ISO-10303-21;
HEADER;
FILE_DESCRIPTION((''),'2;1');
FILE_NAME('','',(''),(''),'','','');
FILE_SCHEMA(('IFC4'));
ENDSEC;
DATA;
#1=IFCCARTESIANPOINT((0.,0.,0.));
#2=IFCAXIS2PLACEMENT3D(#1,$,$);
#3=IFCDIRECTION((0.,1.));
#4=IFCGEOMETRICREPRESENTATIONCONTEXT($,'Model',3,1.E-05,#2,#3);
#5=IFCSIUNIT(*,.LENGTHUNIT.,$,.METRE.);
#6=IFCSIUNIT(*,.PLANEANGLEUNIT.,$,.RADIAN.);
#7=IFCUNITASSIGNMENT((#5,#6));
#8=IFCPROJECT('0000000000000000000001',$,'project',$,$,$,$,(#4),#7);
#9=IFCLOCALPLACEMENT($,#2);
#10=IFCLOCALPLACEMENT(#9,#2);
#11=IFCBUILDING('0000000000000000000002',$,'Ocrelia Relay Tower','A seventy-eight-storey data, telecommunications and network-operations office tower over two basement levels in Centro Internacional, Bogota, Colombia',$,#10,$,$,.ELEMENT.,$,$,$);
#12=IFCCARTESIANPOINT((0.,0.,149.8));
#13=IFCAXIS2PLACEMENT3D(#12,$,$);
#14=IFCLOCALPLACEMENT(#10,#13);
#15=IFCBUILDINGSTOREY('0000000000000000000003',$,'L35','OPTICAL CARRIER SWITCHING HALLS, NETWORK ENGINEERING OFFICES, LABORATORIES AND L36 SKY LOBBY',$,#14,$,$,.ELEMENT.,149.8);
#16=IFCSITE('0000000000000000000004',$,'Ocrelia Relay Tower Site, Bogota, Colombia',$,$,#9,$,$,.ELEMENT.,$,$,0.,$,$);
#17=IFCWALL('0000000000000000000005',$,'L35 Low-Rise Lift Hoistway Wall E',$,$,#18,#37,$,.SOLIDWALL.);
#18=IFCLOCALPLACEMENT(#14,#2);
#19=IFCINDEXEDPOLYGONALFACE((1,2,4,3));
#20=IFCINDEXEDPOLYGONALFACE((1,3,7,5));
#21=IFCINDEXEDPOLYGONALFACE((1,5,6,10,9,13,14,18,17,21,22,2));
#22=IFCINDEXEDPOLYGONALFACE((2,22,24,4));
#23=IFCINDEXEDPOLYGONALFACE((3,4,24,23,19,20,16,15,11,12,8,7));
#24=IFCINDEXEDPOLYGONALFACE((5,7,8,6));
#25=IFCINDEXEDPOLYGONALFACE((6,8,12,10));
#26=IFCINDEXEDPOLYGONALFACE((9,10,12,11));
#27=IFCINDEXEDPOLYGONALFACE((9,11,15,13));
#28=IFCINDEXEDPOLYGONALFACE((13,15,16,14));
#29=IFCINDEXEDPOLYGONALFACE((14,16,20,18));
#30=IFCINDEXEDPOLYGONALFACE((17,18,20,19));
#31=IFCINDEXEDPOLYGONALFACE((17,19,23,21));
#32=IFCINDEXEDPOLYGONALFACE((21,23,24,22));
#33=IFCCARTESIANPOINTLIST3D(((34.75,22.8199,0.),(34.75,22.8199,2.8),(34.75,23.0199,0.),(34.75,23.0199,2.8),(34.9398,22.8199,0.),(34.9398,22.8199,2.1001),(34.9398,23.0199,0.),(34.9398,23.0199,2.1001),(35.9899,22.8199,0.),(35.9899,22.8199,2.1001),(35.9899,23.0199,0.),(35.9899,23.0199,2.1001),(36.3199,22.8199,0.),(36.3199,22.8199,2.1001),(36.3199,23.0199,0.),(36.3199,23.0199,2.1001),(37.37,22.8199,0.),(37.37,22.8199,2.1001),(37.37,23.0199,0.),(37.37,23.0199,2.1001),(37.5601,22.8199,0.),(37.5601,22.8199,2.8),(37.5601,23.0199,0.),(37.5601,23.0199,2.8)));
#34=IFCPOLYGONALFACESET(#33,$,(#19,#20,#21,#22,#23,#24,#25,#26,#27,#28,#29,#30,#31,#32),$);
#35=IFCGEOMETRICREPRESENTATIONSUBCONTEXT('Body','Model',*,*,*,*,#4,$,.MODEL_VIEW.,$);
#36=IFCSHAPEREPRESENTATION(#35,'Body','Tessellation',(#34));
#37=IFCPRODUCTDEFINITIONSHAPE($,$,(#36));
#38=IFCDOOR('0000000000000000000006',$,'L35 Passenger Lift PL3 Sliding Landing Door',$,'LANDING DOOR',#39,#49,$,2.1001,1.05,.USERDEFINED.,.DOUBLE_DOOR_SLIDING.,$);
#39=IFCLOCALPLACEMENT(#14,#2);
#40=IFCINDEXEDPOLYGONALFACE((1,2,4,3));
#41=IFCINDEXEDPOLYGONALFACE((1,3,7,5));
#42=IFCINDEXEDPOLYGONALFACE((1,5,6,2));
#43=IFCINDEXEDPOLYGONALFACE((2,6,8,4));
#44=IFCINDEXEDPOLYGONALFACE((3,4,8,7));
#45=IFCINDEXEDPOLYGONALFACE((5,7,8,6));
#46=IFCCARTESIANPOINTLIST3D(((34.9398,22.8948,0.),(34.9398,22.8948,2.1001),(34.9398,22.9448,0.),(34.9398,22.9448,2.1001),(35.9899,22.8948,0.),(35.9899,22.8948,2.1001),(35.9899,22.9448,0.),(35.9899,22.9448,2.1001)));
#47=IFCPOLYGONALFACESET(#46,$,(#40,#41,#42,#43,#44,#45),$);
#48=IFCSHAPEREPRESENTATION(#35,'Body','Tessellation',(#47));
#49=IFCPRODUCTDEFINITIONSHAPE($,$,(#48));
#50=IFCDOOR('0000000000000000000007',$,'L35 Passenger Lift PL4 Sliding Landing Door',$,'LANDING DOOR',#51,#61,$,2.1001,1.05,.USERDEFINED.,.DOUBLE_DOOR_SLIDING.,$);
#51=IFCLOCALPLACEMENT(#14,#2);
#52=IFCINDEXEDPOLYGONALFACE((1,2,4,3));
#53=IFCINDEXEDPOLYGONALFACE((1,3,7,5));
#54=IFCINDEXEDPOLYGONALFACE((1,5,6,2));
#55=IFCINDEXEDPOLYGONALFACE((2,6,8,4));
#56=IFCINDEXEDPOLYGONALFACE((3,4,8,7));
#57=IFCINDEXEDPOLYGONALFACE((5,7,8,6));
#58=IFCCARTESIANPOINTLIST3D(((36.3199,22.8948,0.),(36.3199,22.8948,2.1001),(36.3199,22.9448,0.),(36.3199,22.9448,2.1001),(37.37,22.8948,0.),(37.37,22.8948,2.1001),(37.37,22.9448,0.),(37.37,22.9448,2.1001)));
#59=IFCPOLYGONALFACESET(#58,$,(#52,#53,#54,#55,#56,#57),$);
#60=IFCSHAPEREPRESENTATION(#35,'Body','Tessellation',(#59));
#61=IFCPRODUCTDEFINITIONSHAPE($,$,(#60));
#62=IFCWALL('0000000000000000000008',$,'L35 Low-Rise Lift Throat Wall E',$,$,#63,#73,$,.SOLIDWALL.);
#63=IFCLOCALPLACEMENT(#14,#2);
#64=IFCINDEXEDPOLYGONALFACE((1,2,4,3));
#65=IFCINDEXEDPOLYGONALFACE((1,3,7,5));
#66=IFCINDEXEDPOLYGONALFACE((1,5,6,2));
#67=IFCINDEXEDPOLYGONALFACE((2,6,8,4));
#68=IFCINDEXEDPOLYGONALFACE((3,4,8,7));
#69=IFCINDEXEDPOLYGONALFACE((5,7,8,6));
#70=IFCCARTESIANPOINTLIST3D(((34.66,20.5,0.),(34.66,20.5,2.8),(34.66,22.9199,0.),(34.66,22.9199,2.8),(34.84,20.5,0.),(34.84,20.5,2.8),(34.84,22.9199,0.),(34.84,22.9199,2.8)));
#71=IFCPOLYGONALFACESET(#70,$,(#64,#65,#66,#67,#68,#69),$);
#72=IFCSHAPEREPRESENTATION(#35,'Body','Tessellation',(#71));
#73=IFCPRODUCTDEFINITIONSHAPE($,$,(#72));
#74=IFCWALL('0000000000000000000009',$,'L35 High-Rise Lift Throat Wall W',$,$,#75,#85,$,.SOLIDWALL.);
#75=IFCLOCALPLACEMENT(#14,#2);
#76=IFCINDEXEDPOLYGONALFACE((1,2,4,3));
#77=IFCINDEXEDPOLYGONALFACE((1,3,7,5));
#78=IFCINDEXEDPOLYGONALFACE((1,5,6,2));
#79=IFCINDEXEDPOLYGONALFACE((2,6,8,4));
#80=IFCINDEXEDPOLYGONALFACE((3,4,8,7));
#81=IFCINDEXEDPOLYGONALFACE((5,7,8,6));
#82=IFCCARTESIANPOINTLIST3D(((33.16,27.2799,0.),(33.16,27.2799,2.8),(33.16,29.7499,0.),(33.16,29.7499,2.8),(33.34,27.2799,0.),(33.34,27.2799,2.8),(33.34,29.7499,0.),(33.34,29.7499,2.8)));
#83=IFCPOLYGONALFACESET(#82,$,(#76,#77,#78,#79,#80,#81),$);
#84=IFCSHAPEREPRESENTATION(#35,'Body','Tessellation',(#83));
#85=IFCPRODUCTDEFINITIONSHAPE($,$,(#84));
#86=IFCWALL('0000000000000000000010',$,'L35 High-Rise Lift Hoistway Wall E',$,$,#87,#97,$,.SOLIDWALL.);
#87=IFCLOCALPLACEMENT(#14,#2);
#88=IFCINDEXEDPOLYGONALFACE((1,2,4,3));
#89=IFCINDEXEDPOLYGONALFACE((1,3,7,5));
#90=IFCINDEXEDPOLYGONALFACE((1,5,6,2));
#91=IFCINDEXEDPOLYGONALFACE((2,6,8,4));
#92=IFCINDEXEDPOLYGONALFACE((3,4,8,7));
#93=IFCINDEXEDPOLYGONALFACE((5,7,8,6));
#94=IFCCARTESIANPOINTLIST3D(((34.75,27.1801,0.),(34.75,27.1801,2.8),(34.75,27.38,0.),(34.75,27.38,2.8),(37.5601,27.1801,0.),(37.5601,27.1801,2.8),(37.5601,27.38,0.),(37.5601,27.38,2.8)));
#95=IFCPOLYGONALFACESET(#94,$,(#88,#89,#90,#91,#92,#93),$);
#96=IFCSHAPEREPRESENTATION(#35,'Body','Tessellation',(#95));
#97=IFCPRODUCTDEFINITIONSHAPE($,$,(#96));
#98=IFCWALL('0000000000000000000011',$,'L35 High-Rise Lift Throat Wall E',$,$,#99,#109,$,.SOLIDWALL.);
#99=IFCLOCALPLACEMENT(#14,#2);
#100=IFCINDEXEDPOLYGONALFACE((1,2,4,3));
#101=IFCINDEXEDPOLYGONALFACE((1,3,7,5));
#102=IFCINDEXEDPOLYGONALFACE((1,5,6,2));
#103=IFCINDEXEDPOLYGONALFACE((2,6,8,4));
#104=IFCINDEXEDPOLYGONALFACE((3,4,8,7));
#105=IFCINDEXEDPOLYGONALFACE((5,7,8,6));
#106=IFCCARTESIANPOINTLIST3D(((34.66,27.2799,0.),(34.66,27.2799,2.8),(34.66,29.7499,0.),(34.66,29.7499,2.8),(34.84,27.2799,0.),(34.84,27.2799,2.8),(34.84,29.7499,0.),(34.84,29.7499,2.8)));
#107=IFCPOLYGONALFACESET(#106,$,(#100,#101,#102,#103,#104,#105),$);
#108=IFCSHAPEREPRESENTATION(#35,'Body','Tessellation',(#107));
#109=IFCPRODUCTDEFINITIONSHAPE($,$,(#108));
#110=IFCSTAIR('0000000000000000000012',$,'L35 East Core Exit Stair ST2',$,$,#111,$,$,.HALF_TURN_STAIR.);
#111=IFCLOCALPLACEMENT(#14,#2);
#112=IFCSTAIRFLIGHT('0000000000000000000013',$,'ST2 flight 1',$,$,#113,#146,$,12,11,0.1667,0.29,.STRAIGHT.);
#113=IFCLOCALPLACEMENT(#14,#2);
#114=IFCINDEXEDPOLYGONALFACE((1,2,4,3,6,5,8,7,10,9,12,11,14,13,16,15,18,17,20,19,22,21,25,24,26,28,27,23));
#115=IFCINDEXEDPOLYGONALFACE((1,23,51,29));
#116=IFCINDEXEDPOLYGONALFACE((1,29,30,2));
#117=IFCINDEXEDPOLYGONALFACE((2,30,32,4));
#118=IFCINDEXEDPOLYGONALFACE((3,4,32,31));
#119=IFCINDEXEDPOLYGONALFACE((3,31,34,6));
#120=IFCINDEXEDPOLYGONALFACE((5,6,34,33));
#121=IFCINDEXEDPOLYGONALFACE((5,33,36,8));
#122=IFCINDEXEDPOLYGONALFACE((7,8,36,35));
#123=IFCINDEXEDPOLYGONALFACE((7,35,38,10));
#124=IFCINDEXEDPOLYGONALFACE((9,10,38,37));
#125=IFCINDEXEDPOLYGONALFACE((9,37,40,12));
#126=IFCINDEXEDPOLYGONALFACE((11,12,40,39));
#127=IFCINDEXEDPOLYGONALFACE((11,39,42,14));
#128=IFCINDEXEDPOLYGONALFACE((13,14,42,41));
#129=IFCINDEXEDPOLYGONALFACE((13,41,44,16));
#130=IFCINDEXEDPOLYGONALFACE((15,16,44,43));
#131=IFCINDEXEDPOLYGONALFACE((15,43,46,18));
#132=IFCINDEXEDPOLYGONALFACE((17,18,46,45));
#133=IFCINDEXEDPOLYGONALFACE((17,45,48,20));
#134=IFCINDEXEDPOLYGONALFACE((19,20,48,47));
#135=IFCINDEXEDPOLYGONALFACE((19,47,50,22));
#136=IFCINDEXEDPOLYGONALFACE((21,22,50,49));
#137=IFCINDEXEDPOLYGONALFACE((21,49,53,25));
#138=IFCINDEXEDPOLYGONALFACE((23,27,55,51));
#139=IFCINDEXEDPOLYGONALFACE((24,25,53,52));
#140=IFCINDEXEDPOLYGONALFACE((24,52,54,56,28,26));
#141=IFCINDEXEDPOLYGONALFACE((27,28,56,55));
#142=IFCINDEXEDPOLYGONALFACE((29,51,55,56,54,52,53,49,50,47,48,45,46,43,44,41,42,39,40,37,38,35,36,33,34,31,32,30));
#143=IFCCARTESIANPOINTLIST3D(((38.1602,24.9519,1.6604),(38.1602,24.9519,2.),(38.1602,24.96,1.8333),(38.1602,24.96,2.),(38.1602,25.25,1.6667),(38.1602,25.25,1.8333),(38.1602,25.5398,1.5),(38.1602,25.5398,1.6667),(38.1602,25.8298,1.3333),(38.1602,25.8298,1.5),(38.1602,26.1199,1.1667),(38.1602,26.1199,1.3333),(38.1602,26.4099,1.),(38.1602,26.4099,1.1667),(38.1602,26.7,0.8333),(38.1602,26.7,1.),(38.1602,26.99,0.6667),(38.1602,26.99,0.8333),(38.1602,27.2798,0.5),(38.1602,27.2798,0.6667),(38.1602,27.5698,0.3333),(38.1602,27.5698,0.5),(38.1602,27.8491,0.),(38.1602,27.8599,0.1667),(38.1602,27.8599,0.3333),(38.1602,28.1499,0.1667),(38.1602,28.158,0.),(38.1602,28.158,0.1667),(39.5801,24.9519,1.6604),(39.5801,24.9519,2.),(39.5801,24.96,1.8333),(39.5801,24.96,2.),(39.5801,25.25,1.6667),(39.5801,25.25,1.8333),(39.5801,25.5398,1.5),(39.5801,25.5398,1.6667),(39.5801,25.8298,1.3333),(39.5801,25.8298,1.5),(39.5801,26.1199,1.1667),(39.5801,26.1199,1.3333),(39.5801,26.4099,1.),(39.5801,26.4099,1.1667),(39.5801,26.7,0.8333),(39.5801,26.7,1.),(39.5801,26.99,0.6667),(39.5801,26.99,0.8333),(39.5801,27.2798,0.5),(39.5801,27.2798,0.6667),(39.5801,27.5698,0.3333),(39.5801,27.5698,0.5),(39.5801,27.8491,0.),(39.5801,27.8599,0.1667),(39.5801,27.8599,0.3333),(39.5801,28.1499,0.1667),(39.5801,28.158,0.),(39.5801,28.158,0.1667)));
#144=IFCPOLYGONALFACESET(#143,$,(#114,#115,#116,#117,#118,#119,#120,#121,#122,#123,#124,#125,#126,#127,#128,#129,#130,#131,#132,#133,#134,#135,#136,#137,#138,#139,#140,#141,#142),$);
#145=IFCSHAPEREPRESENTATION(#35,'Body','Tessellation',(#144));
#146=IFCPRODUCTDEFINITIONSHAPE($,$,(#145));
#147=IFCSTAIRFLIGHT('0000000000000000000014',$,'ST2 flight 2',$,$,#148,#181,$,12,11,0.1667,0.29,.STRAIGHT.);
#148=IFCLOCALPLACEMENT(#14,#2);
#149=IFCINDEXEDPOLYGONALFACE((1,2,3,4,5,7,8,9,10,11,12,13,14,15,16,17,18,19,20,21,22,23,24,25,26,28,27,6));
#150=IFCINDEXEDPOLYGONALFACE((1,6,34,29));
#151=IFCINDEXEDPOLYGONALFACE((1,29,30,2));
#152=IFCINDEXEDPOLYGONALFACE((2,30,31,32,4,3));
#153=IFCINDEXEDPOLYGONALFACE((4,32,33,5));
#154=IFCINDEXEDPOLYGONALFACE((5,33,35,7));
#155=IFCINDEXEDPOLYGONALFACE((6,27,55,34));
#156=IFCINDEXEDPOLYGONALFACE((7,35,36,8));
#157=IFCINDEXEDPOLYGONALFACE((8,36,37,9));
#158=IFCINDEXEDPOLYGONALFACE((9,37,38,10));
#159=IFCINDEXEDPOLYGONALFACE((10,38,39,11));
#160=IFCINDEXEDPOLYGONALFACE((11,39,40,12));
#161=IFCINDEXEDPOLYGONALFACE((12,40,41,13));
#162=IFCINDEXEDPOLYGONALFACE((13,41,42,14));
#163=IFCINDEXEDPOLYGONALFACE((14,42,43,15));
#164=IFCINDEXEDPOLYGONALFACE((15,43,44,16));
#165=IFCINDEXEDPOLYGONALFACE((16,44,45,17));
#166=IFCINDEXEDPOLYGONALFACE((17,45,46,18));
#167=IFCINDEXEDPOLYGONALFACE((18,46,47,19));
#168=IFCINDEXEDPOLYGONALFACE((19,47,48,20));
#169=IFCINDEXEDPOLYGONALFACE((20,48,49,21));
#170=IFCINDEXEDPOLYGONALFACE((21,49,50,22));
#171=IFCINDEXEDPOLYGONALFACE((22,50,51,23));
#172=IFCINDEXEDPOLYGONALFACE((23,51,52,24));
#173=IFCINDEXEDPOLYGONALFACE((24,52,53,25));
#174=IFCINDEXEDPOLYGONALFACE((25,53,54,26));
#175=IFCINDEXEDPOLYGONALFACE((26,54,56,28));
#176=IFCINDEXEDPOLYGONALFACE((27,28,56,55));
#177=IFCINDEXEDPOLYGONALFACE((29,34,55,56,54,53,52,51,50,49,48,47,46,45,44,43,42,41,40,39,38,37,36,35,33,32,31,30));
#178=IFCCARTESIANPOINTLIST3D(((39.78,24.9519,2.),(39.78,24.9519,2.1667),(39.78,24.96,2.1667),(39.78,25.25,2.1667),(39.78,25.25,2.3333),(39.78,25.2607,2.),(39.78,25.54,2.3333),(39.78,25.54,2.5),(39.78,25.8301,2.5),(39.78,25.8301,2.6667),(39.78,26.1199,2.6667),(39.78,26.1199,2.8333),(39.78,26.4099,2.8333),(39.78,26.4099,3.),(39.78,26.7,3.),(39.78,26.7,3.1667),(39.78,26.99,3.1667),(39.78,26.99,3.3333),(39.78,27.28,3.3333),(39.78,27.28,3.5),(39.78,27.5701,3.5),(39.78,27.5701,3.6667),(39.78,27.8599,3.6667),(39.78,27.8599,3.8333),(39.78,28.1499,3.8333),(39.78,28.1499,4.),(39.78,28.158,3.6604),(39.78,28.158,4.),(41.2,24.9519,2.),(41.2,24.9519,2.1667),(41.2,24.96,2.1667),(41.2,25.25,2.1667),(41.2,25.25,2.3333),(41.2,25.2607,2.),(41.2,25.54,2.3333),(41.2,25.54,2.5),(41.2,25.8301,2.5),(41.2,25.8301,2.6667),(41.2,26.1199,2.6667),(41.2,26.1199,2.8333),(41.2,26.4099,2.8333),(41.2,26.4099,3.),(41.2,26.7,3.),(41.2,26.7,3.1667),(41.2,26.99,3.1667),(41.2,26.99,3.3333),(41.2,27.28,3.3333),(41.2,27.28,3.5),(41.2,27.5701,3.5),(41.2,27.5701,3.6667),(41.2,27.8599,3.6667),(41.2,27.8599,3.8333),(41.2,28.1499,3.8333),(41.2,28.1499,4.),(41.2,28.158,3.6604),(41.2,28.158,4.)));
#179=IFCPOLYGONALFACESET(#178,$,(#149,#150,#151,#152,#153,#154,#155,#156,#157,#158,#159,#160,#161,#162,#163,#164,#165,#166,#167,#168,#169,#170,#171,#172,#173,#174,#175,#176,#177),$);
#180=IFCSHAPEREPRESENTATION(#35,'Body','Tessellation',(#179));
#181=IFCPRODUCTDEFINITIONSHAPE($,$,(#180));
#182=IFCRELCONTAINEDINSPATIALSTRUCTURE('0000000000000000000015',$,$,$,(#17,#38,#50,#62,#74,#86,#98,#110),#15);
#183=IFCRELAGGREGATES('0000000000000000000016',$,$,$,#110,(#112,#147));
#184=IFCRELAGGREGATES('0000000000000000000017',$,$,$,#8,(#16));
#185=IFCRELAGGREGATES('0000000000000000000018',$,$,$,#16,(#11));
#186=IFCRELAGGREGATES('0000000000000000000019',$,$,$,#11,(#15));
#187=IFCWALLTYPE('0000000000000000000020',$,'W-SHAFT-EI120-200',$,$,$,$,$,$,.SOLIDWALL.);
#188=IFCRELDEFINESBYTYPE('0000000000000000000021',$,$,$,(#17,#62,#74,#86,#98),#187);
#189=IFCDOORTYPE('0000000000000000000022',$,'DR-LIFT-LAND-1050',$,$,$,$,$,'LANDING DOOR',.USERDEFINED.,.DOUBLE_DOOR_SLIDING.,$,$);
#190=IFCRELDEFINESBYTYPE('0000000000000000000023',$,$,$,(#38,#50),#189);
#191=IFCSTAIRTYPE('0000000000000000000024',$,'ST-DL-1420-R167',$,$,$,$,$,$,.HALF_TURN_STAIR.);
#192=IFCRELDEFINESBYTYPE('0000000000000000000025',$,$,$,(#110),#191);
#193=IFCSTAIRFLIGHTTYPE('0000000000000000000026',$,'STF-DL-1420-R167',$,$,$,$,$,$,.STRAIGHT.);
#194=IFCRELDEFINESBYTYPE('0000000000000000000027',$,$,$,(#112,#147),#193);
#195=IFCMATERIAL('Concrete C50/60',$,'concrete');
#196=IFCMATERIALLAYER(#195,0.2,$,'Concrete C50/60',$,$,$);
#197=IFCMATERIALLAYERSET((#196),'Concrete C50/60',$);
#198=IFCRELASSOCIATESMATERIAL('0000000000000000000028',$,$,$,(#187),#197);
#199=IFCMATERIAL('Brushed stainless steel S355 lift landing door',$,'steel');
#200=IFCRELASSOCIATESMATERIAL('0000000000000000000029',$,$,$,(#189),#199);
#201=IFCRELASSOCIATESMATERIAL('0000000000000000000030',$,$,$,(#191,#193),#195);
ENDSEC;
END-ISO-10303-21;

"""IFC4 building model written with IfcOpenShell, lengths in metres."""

from ifc_helpers import new_model, si_unit, direction, frame, frame_2d, origin, place, context, subcontext, project, spatial, polyline, rectangle, outline, extrude, material, layer, layer_set, type_object, element, fill, aggregate, save


model = new_model("IFC4")

# Units and contexts
model_context = context("Model", 3, precision=1e-05, world=origin(), true_north=direction((0.0, 1.0)))
body_context = subcontext(model_context, "Body", "Model", "MODEL_VIEW")
ifc_project = project(units=[si_unit("LENGTHUNIT", "METRE"), si_unit("PLANEANGLEUNIT", "RADIAN")], contexts=[model_context])

# Site, building, storey
site_placement = place(None, origin())
site = spatial("IfcSite", under=ifc_project, at=site_placement, Name="Ocrelia Relay Tower Site, Bogota, Colombia", CompositionType="ELEMENT", RefElevation=0.0)
building_placement = place(site_placement, origin())
building = spatial("IfcBuilding", under=site, at=building_placement, Name="Ocrelia Relay Tower", Description="A seventy-eight-storey data, telecommunications and network-operations office tower over two basement levels in Centro Internacional, Bogota, Colombia", CompositionType="ELEMENT")
storey_placement = place(building_placement, frame((0.0, 0.0, 149.8)))
storey = spatial("IfcBuildingStorey", under=building, at=storey_placement, Name="L35", Description="OPTICAL CARRIER SWITCHING HALLS, NETWORK ENGINEERING OFFICES, LABORATORIES AND L36 SKY LOBBY", CompositionType="ELEMENT", Elevation=149.8)

# Shared definitions
ifc_material_1 = material(Name="Concrete C50/60", Category="concrete")
ifc_layer_1 = layer(ifc_material_1, 0.2, Name="Concrete C50/60")
ifc_layer_set_1 = layer_set([ifc_layer_1], Name="Concrete C50/60")
wall_type_1 = type_object("IfcWallType", Name="W-SHAFT-EI120-200", PredefinedType="SOLIDWALL", material=ifc_layer_set_1)

# Wall, openings, doors
wall_1_placement = place(storey_placement, frame((34.75, 22.9199, 0.0), z_axis=(0.0, 0.0, 1.0), x_axis=(1.0, 0.0, 0.0)))
wall_1 = element("IfcWall", 1, at=wall_1_placement, inside=storey, type_object=wall_type_1, Name="L35 Low-Rise Lift Hoistway Wall E", PredefinedType="SOLIDWALL", context=body_context, shape_type="SweptSolid", body=[
    extrude(rectangle(XDim=2.8101, YDim=0.2, at=frame_2d((1.405, 0.0))), origin(), (0.0, 0.0, 1.0), 2.8),
])
opening_1_placement = place(wall_1_placement, frame((0.1899, 0.0, 0.0)))
opening_1 = element("IfcOpeningElement", 2, at=opening_1_placement, cuts=wall_1, PredefinedType="OPENING", context=body_context, shape_type="SweptSolid", body=[
    extrude(rectangle(XDim=1.05, YDim=2.1001, at=frame_2d((0.5249, 1.05))), frame((0.0, 0.1099, 0.0), z_axis=(0.0, -1.0, 0.0), x_axis=(1.0, 0.0, 0.0)), (0.0, 0.0, 1.0), 0.22),
])
opening_2_placement = place(wall_1_placement, frame((1.5701, 0.0, 0.0)))
opening_2 = element("IfcOpeningElement", 3, at=opening_2_placement, cuts=wall_1, PredefinedType="OPENING", context=body_context, shape_type="SweptSolid", body=[
    extrude(rectangle(XDim=1.05, YDim=2.1001, at=frame_2d((0.5249, 1.05))), frame((0.0, 0.1099, 0.0), z_axis=(0.0, -1.0, 0.0), x_axis=(1.0, 0.0, 0.0)), (0.0, 0.0, 1.0), 0.22),
])
ifc_material_2 = material(Name="Brushed stainless steel S355 lift landing door", Category="steel")
door_type = type_object("IfcDoorType", Name="DR-LIFT-LAND-1050", ElementType="LANDING DOOR", OperationType="DOUBLE_DOOR_SLIDING", PredefinedType="USERDEFINED", material=ifc_material_2)
door_1_placement = place(opening_1_placement, origin())
door_1 = element("IfcDoor", 4, at=door_1_placement, inside=storey, type_object=door_type, Name="L35 Passenger Lift PL3 Sliding Landing Door", ObjectType="LANDING DOOR", OperationType="DOUBLE_DOOR_SLIDING", OverallHeight=2.1001, OverallWidth=1.05, PredefinedType="USERDEFINED", context=body_context, shape_type="SweptSolid", body=[
    extrude(rectangle(XDim=1.05, YDim=2.1001, at=frame_2d((0.5249, 1.05))), frame((0.0, 0.0249, 0.0), z_axis=(0.0, -1.0, 0.0), x_axis=(1.0, 0.0, 0.0)), (0.0, 0.0, 1.0), 0.05),
])
fill(opening_1, door_1)
door_2_placement = place(opening_2_placement, origin())
door_2 = element("IfcDoor", 5, at=door_2_placement, inside=storey, type_object=door_type, Name="L35 Passenger Lift PL4 Sliding Landing Door", ObjectType="LANDING DOOR", OperationType="DOUBLE_DOOR_SLIDING", OverallHeight=2.1001, OverallWidth=1.05, PredefinedType="USERDEFINED", context=body_context, shape_type="SweptSolid", body=[
    extrude(rectangle(XDim=1.05, YDim=2.1001, at=frame_2d((0.5249, 1.05))), frame((0.0, 0.0249, 0.0), z_axis=(0.0, -1.0, 0.0), x_axis=(1.0, 0.0, 0.0)), (0.0, 0.0, 1.0), 0.05),
])
fill(opening_2, door_2)

# Walls
wall_2_placement = place(storey_placement, frame((34.75, 20.5, 0.0), z_axis=(0.0, 0.0, 1.0), x_axis=(0.0, 1.0, 0.0)))
element("IfcWall", 6, at=wall_2_placement, inside=storey, type_object=wall_type_1, Name="L35 Low-Rise Lift Throat Wall E", PredefinedType="SOLIDWALL", context=body_context, shape_type="SweptSolid", body=[
    extrude(rectangle(XDim=2.4199, YDim=0.1799, at=frame_2d((1.21, 0.0))), origin(), (0.0, 0.0, 1.0), 2.8),
])
wall_3_placement = place(storey_placement, frame((33.25, 27.28, 0.0), z_axis=(0.0, 0.0, 1.0), x_axis=(0.0, 1.0, 0.0)))
element("IfcWall", 7, at=wall_3_placement, inside=storey, type_object=wall_type_1, Name="L35 High-Rise Lift Throat Wall W", PredefinedType="SOLIDWALL", context=body_context, shape_type="SweptSolid", body=[
    extrude(rectangle(XDim=2.47, YDim=0.1799, at=frame_2d((1.2349, 0.0))), origin(), (0.0, 0.0, 1.0), 2.8),
])
wall_4_placement = place(storey_placement, frame((34.75, 27.28, 0.0), z_axis=(0.0, 0.0, 1.0), x_axis=(1.0, 0.0, 0.0)))
element("IfcWall", 8, at=wall_4_placement, inside=storey, type_object=wall_type_1, Name="L35 High-Rise Lift Hoistway Wall E", PredefinedType="SOLIDWALL", context=body_context, shape_type="SweptSolid", body=[
    extrude(rectangle(XDim=2.8101, YDim=0.2, at=frame_2d((1.405, 0.0))), origin(), (0.0, 0.0, 1.0), 2.8),
])
wall_5_placement = place(storey_placement, frame((34.75, 27.28, 0.0), z_axis=(0.0, 0.0, 1.0), x_axis=(0.0, 1.0, 0.0)))
element("IfcWall", 9, at=wall_5_placement, inside=storey, type_object=wall_type_1, Name="L35 High-Rise Lift Throat Wall E", PredefinedType="SOLIDWALL", context=body_context, shape_type="SweptSolid", body=[
    extrude(rectangle(XDim=2.47, YDim=0.1799, at=frame_2d((1.2349, 0.0))), origin(), (0.0, 0.0, 1.0), 2.8),
])

# Stair, stair flights
stair_type = type_object("IfcStairType", Name="ST-DL-1420-R167", PredefinedType="HALF_TURN_STAIR", material=ifc_material_1)
stair_placement = place(storey_placement, origin())
stair = element("IfcStair", 10, at=stair_placement, inside=storey, type_object=stair_type, Name="L35 East Core Exit Stair ST2", PredefinedType="HALF_TURN_STAIR")
stair_flight_type = type_object("IfcStairFlightType", Name="STF-DL-1420-R167", PredefinedType="STRAIGHT", material=ifc_material_1)
stair_flight_1_placement = place(storey_placement, frame((38.8701, 28.1499, 0.0), z_axis=(0.0, 0.0, 1.0), x_axis=(0.0, -1.0, 0.0)))
stair_flight_1 = element("IfcStairFlight", 11, at=stair_flight_1_placement, type_object=stair_flight_type, Name="ST2 flight 1", NumberOfRisers=12, NumberOfTreads=11, PredefinedType="STRAIGHT", RiserHeight=0.1667, TreadLength=0.29, context=body_context, shape_type="SweptSolid", body=[
    extrude(outline(polyline([(-0.0081, 0.0), (-0.0081, 0.1667), (0.0, 0.1667), (0.29, 0.1667), (0.29, 0.3333), (0.5801, 0.3333), (0.5801, 0.5), (0.8701, 0.5), (0.8701, 0.6667), (1.1599, 0.6667), (1.1599, 0.8333), (1.45, 0.8333), (1.45, 1.0), (1.74, 1.0), (1.74, 1.1667), (2.03, 1.1667), (2.03, 1.3333), (2.3201, 1.3333), (2.3201, 1.5), (2.6101, 1.5), (2.6101, 1.6667), (2.8999, 1.6667), (2.8999, 1.8333), (3.1899, 1.8333), (3.1899, 2.0), (3.198, 2.0), (3.198, 1.6604), (0.3008, 0.0), (-0.0081, 0.0)])), frame((0.0, 0.71, 0.0), z_axis=(0.0, -1.0, 0.0), x_axis=(1.0, 0.0, 0.0)), (0.0, 0.0, 1.0), 1.4199),
])
stair_flight_2_placement = place(storey_placement, frame((40.49, 24.96, 2.0), z_axis=(0.0, 0.0, 1.0), x_axis=(0.0, 1.0, 0.0)))
stair_flight_2 = element("IfcStairFlight", 12, at=stair_flight_2_placement, type_object=stair_flight_type, Name="ST2 flight 2", NumberOfRisers=12, NumberOfTreads=11, PredefinedType="STRAIGHT", RiserHeight=0.1667, TreadLength=0.29, context=body_context, shape_type="SweptSolid", body=[
    extrude(outline(polyline([(-0.0081, 0.0), (-0.0081, 0.1667), (0.0, 0.1667), (0.29, 0.1667), (0.29, 0.3333), (0.5801, 0.3333), (0.5801, 0.5), (0.8701, 0.5), (0.8701, 0.6667), (1.1599, 0.6667), (1.1599, 0.8333), (1.45, 0.8333), (1.45, 1.0), (1.74, 1.0), (1.74, 1.1667), (2.03, 1.1667), (2.03, 1.3333), (2.3201, 1.3333), (2.3201, 1.5), (2.6101, 1.5), (2.6101, 1.6667), (2.8999, 1.6667), (2.8999, 1.8333), (3.1899, 1.8333), (3.1899, 2.0), (3.198, 2.0), (3.198, 1.6604), (0.3008, 0.0), (-0.0081, 0.0)])), frame((0.0, 0.71, 0.0), z_axis=(0.0, -1.0, 0.0), x_axis=(1.0, 0.0, 0.0)), (0.0, 0.0, 1.0), 1.4199),
])
aggregate(stair, [stair_flight_1, stair_flight_2])

save(model, "model.ifc")
